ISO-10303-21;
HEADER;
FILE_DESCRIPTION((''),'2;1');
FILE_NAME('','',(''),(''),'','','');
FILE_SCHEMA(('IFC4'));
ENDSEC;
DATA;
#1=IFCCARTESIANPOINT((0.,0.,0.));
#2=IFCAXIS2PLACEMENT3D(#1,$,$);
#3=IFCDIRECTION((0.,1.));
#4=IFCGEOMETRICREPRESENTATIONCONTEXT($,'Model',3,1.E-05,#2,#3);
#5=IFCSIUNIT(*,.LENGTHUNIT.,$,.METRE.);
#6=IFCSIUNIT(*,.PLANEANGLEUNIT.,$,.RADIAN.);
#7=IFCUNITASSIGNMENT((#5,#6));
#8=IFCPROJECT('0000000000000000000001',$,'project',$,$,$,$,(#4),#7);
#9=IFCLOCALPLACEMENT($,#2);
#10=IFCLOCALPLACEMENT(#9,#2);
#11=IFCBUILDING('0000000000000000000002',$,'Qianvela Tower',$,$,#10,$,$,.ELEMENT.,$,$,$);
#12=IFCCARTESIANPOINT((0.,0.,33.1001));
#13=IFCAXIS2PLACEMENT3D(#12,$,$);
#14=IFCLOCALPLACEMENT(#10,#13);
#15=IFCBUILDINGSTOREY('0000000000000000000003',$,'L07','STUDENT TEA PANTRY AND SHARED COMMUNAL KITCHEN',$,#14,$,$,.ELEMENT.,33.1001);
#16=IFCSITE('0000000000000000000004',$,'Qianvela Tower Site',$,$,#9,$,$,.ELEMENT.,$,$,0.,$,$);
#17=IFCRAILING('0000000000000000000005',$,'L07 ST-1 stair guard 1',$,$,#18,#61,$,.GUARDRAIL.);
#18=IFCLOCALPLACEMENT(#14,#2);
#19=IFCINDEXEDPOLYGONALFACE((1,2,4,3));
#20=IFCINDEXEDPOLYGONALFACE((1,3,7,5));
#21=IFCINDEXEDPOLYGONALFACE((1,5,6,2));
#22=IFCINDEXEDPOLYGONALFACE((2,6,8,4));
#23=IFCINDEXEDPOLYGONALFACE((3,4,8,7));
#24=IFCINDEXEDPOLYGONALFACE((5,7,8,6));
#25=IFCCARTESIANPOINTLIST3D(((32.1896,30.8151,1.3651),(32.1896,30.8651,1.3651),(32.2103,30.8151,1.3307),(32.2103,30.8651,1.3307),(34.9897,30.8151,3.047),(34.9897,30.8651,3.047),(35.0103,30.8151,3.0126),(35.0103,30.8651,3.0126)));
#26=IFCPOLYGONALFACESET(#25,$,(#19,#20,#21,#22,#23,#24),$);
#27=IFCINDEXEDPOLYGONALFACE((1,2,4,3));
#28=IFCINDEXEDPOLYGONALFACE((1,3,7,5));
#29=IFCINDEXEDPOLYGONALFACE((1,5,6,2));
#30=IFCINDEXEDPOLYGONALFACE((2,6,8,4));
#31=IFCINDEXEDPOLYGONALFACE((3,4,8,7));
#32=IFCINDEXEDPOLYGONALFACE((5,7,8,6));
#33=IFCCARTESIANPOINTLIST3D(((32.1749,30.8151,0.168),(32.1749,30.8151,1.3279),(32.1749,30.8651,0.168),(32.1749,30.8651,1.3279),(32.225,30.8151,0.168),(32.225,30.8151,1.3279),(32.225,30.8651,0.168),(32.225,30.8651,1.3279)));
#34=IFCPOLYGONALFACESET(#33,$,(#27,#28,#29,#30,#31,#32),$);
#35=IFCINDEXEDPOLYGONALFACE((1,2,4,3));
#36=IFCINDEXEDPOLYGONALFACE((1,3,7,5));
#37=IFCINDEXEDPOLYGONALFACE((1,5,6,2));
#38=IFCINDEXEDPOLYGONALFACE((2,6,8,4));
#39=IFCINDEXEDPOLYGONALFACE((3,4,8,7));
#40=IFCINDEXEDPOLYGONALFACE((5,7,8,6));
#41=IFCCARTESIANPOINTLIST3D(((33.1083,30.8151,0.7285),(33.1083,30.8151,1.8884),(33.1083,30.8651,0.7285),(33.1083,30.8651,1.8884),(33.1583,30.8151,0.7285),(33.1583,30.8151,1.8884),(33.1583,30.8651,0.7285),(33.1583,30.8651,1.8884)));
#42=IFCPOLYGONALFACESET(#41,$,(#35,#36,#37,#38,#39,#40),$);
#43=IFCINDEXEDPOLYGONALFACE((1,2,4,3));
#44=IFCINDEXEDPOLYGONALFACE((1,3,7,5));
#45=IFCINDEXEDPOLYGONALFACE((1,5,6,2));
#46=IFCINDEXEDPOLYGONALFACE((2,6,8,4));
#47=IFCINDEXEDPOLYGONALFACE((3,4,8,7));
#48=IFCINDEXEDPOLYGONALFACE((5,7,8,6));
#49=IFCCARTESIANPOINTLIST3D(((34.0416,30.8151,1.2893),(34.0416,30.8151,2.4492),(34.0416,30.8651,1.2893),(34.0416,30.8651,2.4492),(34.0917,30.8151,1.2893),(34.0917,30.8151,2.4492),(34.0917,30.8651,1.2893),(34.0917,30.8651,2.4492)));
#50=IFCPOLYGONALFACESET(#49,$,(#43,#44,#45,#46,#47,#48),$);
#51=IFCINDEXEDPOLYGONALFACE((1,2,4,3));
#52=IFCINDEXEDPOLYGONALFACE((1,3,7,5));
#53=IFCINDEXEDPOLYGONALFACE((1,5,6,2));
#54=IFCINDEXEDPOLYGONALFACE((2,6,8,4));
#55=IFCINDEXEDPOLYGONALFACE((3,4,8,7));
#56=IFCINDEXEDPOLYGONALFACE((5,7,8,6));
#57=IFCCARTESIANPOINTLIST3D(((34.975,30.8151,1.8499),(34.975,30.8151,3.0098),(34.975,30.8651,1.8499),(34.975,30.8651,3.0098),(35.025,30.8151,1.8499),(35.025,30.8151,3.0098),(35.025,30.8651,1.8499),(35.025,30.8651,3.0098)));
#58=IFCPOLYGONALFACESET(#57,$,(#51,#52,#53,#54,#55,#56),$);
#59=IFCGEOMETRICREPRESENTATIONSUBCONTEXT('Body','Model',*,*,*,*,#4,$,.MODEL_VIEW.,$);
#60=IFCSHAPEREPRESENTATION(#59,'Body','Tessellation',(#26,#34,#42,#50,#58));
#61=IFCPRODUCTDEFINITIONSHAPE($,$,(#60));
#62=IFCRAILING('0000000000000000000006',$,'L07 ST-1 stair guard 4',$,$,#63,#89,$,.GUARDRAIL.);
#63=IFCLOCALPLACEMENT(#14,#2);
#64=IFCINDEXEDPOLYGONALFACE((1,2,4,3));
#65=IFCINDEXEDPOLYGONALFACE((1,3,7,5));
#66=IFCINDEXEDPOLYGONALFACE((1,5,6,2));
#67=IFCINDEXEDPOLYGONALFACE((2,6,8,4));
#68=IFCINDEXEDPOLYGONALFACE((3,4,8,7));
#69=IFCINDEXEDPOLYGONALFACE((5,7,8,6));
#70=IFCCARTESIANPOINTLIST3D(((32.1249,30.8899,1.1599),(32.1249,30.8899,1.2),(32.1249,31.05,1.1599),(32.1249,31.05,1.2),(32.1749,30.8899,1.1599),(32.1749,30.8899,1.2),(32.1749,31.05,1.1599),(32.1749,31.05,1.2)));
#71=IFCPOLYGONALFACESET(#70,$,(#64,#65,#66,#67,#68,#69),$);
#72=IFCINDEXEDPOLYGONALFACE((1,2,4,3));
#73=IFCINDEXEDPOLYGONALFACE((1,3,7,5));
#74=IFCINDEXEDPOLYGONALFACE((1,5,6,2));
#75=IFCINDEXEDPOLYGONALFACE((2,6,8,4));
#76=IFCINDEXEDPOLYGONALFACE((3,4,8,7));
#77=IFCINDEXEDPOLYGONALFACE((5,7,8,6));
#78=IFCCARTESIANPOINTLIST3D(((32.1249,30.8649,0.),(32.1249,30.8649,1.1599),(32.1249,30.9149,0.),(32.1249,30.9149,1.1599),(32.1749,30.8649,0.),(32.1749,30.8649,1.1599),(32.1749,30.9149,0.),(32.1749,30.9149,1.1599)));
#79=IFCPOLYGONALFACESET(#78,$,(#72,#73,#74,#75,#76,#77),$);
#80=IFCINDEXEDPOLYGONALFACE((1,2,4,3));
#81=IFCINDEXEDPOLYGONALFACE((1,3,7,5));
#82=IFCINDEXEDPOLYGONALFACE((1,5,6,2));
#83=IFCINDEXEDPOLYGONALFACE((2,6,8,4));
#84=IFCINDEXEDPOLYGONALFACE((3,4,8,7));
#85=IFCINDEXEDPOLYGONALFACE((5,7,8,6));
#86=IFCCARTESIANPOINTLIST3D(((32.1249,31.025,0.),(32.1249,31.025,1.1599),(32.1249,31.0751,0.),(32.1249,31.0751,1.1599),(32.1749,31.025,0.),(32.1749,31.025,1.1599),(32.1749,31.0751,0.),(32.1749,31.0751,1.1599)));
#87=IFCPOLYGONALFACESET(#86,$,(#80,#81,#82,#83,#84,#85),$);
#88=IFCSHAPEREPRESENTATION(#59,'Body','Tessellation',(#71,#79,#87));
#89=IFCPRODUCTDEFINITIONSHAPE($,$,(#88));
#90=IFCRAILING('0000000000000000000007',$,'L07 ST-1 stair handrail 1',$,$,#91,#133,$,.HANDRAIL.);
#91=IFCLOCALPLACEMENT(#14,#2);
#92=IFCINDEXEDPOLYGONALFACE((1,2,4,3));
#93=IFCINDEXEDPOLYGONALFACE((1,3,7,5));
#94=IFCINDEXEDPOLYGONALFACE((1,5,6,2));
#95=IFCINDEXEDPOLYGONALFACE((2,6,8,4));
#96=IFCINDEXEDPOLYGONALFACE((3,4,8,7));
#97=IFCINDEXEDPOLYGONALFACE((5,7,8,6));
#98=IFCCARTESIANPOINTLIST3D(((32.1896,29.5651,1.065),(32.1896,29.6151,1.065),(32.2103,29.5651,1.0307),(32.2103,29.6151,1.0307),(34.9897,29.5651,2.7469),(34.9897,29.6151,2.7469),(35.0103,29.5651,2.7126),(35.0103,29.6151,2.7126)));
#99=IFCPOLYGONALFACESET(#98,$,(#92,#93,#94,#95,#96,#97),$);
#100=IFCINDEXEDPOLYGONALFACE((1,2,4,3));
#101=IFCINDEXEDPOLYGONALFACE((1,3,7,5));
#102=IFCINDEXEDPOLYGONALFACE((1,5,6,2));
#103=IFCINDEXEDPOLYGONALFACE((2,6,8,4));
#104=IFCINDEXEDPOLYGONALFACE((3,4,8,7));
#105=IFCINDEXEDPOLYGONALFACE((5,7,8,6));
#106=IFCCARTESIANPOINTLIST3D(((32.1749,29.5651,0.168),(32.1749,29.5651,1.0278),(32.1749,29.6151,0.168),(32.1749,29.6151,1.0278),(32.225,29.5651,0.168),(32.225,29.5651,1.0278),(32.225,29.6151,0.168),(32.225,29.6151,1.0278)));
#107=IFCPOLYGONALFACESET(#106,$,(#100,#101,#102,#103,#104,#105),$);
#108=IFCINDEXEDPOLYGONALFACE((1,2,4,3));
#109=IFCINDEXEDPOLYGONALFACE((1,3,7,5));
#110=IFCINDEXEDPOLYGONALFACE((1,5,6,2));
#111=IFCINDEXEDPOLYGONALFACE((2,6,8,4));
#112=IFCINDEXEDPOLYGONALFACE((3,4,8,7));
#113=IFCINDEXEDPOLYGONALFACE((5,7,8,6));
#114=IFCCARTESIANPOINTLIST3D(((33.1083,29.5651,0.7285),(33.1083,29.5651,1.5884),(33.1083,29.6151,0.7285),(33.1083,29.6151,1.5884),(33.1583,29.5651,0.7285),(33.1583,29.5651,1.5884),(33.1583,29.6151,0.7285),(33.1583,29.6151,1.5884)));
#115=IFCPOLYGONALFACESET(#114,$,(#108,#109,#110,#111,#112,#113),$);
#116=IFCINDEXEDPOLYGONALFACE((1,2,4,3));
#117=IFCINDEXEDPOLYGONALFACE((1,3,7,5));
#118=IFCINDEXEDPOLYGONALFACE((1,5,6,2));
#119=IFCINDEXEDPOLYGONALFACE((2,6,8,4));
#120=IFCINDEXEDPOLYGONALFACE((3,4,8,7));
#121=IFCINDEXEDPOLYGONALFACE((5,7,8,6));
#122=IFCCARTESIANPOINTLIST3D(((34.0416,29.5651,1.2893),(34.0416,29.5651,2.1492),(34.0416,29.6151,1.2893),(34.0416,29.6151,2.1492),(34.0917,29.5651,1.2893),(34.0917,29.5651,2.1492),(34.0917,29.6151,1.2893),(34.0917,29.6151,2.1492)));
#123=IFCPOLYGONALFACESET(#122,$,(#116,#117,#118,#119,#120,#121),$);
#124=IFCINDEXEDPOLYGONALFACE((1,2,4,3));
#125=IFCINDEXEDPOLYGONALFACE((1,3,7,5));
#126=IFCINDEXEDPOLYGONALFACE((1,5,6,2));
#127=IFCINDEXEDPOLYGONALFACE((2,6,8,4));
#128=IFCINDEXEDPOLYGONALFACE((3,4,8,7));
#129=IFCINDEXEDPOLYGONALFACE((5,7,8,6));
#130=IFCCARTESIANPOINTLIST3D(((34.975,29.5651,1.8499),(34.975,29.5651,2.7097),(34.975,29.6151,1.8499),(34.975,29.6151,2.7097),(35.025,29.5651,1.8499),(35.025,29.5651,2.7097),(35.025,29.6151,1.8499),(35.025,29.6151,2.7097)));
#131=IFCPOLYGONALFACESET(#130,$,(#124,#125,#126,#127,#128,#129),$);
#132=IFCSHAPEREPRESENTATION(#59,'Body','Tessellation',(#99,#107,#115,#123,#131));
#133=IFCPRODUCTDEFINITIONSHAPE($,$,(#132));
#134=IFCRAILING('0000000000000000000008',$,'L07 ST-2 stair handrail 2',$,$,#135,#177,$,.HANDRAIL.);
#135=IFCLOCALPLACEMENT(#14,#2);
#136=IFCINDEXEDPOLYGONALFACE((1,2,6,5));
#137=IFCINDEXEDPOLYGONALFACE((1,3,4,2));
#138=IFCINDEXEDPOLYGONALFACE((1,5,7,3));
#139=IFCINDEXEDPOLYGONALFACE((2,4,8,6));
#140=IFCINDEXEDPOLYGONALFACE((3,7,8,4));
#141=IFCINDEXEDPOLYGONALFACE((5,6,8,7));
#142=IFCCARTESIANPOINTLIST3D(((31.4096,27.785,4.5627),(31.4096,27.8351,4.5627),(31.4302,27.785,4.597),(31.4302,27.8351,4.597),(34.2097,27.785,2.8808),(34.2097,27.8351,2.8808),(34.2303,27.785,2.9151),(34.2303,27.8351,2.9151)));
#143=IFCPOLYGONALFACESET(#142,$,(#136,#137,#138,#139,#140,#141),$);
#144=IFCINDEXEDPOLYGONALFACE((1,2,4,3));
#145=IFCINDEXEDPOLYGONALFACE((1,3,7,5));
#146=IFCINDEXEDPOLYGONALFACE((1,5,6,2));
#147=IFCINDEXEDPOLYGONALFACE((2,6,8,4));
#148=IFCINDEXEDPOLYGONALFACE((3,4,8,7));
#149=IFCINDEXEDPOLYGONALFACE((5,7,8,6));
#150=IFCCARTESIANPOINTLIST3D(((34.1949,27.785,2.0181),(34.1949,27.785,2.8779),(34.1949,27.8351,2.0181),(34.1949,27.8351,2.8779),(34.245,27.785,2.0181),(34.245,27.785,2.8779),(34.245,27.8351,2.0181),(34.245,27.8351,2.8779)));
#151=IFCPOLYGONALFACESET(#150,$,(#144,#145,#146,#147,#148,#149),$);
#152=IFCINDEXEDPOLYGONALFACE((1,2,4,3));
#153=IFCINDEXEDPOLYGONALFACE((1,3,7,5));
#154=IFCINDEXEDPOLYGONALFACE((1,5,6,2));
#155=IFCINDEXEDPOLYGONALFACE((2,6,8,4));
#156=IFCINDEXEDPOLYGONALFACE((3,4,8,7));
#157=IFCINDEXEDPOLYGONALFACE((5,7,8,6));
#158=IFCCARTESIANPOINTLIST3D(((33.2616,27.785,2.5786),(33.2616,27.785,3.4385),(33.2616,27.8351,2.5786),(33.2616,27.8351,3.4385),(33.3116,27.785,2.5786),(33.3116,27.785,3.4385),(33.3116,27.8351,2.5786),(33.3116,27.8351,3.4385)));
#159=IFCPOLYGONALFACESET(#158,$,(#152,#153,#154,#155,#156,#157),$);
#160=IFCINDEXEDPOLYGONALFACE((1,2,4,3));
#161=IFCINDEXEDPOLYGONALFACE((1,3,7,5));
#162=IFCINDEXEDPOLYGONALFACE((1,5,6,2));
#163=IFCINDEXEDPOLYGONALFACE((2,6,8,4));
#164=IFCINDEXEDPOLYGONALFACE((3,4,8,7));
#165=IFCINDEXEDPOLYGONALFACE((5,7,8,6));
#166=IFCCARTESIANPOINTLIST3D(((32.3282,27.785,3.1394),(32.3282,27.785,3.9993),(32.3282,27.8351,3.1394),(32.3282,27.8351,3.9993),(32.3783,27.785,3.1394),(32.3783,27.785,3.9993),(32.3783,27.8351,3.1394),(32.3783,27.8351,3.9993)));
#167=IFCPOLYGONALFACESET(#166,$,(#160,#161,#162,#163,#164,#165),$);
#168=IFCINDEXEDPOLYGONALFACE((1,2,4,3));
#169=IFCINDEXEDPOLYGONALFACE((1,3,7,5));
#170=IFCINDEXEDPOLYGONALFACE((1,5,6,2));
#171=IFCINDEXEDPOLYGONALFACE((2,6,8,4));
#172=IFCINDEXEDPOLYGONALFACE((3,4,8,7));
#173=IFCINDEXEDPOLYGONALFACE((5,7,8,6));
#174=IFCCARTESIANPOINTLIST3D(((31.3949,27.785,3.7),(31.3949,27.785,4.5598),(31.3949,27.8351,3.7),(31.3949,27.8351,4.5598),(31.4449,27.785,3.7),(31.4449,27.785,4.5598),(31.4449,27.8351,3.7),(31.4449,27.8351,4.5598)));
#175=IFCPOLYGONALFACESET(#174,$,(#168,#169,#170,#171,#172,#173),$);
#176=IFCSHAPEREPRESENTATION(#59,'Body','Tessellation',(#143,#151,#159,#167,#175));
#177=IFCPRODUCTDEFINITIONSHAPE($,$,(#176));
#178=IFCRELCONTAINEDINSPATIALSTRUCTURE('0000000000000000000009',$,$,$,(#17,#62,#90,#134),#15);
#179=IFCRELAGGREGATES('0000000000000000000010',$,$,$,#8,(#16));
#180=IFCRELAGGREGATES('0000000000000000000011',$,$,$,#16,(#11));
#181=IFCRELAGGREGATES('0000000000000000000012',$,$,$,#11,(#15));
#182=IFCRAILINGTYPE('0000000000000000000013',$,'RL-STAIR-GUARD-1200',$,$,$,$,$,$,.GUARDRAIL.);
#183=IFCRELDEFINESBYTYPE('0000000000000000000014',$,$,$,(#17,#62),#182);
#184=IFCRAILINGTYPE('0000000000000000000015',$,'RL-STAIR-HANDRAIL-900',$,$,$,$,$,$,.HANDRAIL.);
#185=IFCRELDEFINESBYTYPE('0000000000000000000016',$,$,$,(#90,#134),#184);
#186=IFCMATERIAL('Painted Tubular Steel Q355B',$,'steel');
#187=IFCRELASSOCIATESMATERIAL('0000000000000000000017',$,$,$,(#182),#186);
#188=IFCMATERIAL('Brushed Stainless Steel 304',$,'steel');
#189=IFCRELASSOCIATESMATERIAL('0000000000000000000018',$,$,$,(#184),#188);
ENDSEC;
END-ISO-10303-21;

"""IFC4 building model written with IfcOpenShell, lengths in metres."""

from ifc_helpers import new_model, si_unit, direction, frame, origin, origin_2d, place, context, subcontext, project, spatial, rectangle, extrude, material, type_object, element, save


model = new_model("IFC4")

# Units and contexts
model_context = context("Model", 3, precision=1e-05, world=origin(), true_north=direction((0.0, 1.0)))
body_context = subcontext(model_context, "Body", "Model", "MODEL_VIEW")
ifc_project = project(units=[si_unit("LENGTHUNIT", "METRE"), si_unit("PLANEANGLEUNIT", "RADIAN")], contexts=[model_context])

# Site, building, storey
site_placement = place(None, origin())
site = spatial("IfcSite", under=ifc_project, at=site_placement, Name="Qianvela Tower Site", CompositionType="ELEMENT", RefElevation=0.0)
building_placement = place(site_placement, origin())
building = spatial("IfcBuilding", under=site, at=building_placement, Name="Qianvela Tower", CompositionType="ELEMENT")
storey_placement = place(building_placement, frame((0.0, 0.0, 33.1001)))
storey = spatial("IfcBuildingStorey", under=building, at=storey_placement, Name="L07", Description="STUDENT TEA PANTRY AND SHARED COMMUNAL KITCHEN", CompositionType="ELEMENT", Elevation=33.1001)

# Railings
ifc_material_1 = material(Name="Painted Tubular Steel Q355B", Category="steel")
railing_type_1 = type_object("IfcRailingType", Name="RL-STAIR-GUARD-1200", PredefinedType="GUARDRAIL", material=ifc_material_1)
railing_1_placement = place(storey_placement, frame((32.2, 30.8401, 0.168)))
element("IfcRailing", 1, at=railing_1_placement, inside=storey, type_object=railing_type_1, Name="L07 ST-1 stair guard 1", PredefinedType="GUARDRAIL", context=body_context, shape_type="SweptSolid", body=[
    extrude(rectangle(XDim=0.05, YDim=0.04, at=origin_2d()), frame((0.0, 0.0, 1.1799), z_axis=(0.857242, 0.0, 0.514913), x_axis=(0.0, 1.0, 0.0)), (0.0, 0.0, 1.0), 3.2664),
    extrude(rectangle(XDim=0.05, YDim=0.05, at=origin_2d()), origin(), (0.0, 0.0, 1.0), 1.1599),
    extrude(rectangle(XDim=0.05, YDim=0.05, at=origin_2d()), frame((0.9333, 0.0, 0.5605)), (0.0, 0.0, 1.0), 1.1599),
    extrude(rectangle(XDim=0.05, YDim=0.05, at=origin_2d()), frame((1.8667, 0.0, 1.1213)), (0.0, 0.0, 1.0), 1.1599),
    extrude(rectangle(XDim=0.05, YDim=0.05, at=origin_2d()), frame((2.8, 0.0, 1.6819)), (0.0, 0.0, 1.0), 1.1599),
])
railing_2_placement = place(storey_placement, frame((32.1499, 30.8899, 0.0)))
element("IfcRailing", 2, at=railing_2_placement, inside=storey, type_object=railing_type_1, Name="L07 ST-1 stair guard 4", PredefinedType="GUARDRAIL", context=body_context, shape_type="SweptSolid", body=[
    extrude(rectangle(XDim=0.05, YDim=0.04, at=origin_2d()), frame((0.0, 0.0, 1.1799), z_axis=(0.0, 1.0, 0.0), x_axis=(-1.0, 0.0, 0.0)), (0.0, 0.0, 1.0), 0.1602),
    extrude(rectangle(XDim=0.05, YDim=0.05, at=origin_2d()), origin(), (0.0, 0.0, 1.0), 1.1599),
    extrude(rectangle(XDim=0.05, YDim=0.05, at=origin_2d()), frame((0.0, 0.1602, 0.0)), (0.0, 0.0, 1.0), 1.1599),
])
ifc_material_2 = material(Name="Brushed Stainless Steel 304", Category="steel")
railing_type_2 = type_object("IfcRailingType", Name="RL-STAIR-HANDRAIL-900", PredefinedType="HANDRAIL", material=ifc_material_2)
railing_3_placement = place(storey_placement, frame((32.2, 29.5901, 0.168)))
element("IfcRailing", 3, at=railing_3_placement, inside=storey, type_object=railing_type_2, Name="L07 ST-1 stair handrail 1", PredefinedType="HANDRAIL", context=body_context, shape_type="SweptSolid", body=[
    extrude(rectangle(XDim=0.05, YDim=0.04, at=origin_2d()), frame((0.0, 0.0, 0.8799), z_axis=(0.857242, 0.0, 0.514913), x_axis=(0.0, 1.0, 0.0)), (0.0, 0.0, 1.0), 3.2664),
    extrude(rectangle(XDim=0.05, YDim=0.05, at=origin_2d()), origin(), (0.0, 0.0, 1.0), 0.8599),
    extrude(rectangle(XDim=0.05, YDim=0.05, at=origin_2d()), frame((0.9333, 0.0, 0.5605)), (0.0, 0.0, 1.0), 0.8599),
    extrude(rectangle(XDim=0.05, YDim=0.05, at=origin_2d()), frame((1.8667, 0.0, 1.1213)), (0.0, 0.0, 1.0), 0.8599),
    extrude(rectangle(XDim=0.05, YDim=0.05, at=origin_2d()), frame((2.8, 0.0, 1.6819)), (0.0, 0.0, 1.0), 0.8599),
])
railing_4_placement = place(storey_placement, frame((34.22, 27.8101, 2.0181)))
element("IfcRailing", 4, at=railing_4_placement, inside=storey, type_object=railing_type_2, Name="L07 ST-2 stair handrail 2", PredefinedType="HANDRAIL", context=body_context, shape_type="SweptSolid", body=[
    extrude(rectangle(XDim=0.05, YDim=0.04, at=origin_2d()), frame((0.0, 0.0, 0.8799), z_axis=(-0.857242, 0.0, 0.514913), x_axis=(0.0, -1.0, 0.0)), (0.0, 0.0, 1.0), 3.2664),
    extrude(rectangle(XDim=0.05, YDim=0.05, at=origin_2d()), origin(), (0.0, 0.0, 1.0), 0.8599),
    extrude(rectangle(XDim=0.05, YDim=0.05, at=origin_2d()), frame((-0.9333, 0.0, 0.5605)), (0.0, 0.0, 1.0), 0.8599),
    extrude(rectangle(XDim=0.05, YDim=0.05, at=origin_2d()), frame((-1.8667, 0.0, 1.1213)), (0.0, 0.0, 1.0), 0.8599),
    extrude(rectangle(XDim=0.05, YDim=0.05, at=origin_2d()), frame((-2.8, 0.0, 1.6819)), (0.0, 0.0, 1.0), 0.8599),
])

save(model, "model.ifc")
